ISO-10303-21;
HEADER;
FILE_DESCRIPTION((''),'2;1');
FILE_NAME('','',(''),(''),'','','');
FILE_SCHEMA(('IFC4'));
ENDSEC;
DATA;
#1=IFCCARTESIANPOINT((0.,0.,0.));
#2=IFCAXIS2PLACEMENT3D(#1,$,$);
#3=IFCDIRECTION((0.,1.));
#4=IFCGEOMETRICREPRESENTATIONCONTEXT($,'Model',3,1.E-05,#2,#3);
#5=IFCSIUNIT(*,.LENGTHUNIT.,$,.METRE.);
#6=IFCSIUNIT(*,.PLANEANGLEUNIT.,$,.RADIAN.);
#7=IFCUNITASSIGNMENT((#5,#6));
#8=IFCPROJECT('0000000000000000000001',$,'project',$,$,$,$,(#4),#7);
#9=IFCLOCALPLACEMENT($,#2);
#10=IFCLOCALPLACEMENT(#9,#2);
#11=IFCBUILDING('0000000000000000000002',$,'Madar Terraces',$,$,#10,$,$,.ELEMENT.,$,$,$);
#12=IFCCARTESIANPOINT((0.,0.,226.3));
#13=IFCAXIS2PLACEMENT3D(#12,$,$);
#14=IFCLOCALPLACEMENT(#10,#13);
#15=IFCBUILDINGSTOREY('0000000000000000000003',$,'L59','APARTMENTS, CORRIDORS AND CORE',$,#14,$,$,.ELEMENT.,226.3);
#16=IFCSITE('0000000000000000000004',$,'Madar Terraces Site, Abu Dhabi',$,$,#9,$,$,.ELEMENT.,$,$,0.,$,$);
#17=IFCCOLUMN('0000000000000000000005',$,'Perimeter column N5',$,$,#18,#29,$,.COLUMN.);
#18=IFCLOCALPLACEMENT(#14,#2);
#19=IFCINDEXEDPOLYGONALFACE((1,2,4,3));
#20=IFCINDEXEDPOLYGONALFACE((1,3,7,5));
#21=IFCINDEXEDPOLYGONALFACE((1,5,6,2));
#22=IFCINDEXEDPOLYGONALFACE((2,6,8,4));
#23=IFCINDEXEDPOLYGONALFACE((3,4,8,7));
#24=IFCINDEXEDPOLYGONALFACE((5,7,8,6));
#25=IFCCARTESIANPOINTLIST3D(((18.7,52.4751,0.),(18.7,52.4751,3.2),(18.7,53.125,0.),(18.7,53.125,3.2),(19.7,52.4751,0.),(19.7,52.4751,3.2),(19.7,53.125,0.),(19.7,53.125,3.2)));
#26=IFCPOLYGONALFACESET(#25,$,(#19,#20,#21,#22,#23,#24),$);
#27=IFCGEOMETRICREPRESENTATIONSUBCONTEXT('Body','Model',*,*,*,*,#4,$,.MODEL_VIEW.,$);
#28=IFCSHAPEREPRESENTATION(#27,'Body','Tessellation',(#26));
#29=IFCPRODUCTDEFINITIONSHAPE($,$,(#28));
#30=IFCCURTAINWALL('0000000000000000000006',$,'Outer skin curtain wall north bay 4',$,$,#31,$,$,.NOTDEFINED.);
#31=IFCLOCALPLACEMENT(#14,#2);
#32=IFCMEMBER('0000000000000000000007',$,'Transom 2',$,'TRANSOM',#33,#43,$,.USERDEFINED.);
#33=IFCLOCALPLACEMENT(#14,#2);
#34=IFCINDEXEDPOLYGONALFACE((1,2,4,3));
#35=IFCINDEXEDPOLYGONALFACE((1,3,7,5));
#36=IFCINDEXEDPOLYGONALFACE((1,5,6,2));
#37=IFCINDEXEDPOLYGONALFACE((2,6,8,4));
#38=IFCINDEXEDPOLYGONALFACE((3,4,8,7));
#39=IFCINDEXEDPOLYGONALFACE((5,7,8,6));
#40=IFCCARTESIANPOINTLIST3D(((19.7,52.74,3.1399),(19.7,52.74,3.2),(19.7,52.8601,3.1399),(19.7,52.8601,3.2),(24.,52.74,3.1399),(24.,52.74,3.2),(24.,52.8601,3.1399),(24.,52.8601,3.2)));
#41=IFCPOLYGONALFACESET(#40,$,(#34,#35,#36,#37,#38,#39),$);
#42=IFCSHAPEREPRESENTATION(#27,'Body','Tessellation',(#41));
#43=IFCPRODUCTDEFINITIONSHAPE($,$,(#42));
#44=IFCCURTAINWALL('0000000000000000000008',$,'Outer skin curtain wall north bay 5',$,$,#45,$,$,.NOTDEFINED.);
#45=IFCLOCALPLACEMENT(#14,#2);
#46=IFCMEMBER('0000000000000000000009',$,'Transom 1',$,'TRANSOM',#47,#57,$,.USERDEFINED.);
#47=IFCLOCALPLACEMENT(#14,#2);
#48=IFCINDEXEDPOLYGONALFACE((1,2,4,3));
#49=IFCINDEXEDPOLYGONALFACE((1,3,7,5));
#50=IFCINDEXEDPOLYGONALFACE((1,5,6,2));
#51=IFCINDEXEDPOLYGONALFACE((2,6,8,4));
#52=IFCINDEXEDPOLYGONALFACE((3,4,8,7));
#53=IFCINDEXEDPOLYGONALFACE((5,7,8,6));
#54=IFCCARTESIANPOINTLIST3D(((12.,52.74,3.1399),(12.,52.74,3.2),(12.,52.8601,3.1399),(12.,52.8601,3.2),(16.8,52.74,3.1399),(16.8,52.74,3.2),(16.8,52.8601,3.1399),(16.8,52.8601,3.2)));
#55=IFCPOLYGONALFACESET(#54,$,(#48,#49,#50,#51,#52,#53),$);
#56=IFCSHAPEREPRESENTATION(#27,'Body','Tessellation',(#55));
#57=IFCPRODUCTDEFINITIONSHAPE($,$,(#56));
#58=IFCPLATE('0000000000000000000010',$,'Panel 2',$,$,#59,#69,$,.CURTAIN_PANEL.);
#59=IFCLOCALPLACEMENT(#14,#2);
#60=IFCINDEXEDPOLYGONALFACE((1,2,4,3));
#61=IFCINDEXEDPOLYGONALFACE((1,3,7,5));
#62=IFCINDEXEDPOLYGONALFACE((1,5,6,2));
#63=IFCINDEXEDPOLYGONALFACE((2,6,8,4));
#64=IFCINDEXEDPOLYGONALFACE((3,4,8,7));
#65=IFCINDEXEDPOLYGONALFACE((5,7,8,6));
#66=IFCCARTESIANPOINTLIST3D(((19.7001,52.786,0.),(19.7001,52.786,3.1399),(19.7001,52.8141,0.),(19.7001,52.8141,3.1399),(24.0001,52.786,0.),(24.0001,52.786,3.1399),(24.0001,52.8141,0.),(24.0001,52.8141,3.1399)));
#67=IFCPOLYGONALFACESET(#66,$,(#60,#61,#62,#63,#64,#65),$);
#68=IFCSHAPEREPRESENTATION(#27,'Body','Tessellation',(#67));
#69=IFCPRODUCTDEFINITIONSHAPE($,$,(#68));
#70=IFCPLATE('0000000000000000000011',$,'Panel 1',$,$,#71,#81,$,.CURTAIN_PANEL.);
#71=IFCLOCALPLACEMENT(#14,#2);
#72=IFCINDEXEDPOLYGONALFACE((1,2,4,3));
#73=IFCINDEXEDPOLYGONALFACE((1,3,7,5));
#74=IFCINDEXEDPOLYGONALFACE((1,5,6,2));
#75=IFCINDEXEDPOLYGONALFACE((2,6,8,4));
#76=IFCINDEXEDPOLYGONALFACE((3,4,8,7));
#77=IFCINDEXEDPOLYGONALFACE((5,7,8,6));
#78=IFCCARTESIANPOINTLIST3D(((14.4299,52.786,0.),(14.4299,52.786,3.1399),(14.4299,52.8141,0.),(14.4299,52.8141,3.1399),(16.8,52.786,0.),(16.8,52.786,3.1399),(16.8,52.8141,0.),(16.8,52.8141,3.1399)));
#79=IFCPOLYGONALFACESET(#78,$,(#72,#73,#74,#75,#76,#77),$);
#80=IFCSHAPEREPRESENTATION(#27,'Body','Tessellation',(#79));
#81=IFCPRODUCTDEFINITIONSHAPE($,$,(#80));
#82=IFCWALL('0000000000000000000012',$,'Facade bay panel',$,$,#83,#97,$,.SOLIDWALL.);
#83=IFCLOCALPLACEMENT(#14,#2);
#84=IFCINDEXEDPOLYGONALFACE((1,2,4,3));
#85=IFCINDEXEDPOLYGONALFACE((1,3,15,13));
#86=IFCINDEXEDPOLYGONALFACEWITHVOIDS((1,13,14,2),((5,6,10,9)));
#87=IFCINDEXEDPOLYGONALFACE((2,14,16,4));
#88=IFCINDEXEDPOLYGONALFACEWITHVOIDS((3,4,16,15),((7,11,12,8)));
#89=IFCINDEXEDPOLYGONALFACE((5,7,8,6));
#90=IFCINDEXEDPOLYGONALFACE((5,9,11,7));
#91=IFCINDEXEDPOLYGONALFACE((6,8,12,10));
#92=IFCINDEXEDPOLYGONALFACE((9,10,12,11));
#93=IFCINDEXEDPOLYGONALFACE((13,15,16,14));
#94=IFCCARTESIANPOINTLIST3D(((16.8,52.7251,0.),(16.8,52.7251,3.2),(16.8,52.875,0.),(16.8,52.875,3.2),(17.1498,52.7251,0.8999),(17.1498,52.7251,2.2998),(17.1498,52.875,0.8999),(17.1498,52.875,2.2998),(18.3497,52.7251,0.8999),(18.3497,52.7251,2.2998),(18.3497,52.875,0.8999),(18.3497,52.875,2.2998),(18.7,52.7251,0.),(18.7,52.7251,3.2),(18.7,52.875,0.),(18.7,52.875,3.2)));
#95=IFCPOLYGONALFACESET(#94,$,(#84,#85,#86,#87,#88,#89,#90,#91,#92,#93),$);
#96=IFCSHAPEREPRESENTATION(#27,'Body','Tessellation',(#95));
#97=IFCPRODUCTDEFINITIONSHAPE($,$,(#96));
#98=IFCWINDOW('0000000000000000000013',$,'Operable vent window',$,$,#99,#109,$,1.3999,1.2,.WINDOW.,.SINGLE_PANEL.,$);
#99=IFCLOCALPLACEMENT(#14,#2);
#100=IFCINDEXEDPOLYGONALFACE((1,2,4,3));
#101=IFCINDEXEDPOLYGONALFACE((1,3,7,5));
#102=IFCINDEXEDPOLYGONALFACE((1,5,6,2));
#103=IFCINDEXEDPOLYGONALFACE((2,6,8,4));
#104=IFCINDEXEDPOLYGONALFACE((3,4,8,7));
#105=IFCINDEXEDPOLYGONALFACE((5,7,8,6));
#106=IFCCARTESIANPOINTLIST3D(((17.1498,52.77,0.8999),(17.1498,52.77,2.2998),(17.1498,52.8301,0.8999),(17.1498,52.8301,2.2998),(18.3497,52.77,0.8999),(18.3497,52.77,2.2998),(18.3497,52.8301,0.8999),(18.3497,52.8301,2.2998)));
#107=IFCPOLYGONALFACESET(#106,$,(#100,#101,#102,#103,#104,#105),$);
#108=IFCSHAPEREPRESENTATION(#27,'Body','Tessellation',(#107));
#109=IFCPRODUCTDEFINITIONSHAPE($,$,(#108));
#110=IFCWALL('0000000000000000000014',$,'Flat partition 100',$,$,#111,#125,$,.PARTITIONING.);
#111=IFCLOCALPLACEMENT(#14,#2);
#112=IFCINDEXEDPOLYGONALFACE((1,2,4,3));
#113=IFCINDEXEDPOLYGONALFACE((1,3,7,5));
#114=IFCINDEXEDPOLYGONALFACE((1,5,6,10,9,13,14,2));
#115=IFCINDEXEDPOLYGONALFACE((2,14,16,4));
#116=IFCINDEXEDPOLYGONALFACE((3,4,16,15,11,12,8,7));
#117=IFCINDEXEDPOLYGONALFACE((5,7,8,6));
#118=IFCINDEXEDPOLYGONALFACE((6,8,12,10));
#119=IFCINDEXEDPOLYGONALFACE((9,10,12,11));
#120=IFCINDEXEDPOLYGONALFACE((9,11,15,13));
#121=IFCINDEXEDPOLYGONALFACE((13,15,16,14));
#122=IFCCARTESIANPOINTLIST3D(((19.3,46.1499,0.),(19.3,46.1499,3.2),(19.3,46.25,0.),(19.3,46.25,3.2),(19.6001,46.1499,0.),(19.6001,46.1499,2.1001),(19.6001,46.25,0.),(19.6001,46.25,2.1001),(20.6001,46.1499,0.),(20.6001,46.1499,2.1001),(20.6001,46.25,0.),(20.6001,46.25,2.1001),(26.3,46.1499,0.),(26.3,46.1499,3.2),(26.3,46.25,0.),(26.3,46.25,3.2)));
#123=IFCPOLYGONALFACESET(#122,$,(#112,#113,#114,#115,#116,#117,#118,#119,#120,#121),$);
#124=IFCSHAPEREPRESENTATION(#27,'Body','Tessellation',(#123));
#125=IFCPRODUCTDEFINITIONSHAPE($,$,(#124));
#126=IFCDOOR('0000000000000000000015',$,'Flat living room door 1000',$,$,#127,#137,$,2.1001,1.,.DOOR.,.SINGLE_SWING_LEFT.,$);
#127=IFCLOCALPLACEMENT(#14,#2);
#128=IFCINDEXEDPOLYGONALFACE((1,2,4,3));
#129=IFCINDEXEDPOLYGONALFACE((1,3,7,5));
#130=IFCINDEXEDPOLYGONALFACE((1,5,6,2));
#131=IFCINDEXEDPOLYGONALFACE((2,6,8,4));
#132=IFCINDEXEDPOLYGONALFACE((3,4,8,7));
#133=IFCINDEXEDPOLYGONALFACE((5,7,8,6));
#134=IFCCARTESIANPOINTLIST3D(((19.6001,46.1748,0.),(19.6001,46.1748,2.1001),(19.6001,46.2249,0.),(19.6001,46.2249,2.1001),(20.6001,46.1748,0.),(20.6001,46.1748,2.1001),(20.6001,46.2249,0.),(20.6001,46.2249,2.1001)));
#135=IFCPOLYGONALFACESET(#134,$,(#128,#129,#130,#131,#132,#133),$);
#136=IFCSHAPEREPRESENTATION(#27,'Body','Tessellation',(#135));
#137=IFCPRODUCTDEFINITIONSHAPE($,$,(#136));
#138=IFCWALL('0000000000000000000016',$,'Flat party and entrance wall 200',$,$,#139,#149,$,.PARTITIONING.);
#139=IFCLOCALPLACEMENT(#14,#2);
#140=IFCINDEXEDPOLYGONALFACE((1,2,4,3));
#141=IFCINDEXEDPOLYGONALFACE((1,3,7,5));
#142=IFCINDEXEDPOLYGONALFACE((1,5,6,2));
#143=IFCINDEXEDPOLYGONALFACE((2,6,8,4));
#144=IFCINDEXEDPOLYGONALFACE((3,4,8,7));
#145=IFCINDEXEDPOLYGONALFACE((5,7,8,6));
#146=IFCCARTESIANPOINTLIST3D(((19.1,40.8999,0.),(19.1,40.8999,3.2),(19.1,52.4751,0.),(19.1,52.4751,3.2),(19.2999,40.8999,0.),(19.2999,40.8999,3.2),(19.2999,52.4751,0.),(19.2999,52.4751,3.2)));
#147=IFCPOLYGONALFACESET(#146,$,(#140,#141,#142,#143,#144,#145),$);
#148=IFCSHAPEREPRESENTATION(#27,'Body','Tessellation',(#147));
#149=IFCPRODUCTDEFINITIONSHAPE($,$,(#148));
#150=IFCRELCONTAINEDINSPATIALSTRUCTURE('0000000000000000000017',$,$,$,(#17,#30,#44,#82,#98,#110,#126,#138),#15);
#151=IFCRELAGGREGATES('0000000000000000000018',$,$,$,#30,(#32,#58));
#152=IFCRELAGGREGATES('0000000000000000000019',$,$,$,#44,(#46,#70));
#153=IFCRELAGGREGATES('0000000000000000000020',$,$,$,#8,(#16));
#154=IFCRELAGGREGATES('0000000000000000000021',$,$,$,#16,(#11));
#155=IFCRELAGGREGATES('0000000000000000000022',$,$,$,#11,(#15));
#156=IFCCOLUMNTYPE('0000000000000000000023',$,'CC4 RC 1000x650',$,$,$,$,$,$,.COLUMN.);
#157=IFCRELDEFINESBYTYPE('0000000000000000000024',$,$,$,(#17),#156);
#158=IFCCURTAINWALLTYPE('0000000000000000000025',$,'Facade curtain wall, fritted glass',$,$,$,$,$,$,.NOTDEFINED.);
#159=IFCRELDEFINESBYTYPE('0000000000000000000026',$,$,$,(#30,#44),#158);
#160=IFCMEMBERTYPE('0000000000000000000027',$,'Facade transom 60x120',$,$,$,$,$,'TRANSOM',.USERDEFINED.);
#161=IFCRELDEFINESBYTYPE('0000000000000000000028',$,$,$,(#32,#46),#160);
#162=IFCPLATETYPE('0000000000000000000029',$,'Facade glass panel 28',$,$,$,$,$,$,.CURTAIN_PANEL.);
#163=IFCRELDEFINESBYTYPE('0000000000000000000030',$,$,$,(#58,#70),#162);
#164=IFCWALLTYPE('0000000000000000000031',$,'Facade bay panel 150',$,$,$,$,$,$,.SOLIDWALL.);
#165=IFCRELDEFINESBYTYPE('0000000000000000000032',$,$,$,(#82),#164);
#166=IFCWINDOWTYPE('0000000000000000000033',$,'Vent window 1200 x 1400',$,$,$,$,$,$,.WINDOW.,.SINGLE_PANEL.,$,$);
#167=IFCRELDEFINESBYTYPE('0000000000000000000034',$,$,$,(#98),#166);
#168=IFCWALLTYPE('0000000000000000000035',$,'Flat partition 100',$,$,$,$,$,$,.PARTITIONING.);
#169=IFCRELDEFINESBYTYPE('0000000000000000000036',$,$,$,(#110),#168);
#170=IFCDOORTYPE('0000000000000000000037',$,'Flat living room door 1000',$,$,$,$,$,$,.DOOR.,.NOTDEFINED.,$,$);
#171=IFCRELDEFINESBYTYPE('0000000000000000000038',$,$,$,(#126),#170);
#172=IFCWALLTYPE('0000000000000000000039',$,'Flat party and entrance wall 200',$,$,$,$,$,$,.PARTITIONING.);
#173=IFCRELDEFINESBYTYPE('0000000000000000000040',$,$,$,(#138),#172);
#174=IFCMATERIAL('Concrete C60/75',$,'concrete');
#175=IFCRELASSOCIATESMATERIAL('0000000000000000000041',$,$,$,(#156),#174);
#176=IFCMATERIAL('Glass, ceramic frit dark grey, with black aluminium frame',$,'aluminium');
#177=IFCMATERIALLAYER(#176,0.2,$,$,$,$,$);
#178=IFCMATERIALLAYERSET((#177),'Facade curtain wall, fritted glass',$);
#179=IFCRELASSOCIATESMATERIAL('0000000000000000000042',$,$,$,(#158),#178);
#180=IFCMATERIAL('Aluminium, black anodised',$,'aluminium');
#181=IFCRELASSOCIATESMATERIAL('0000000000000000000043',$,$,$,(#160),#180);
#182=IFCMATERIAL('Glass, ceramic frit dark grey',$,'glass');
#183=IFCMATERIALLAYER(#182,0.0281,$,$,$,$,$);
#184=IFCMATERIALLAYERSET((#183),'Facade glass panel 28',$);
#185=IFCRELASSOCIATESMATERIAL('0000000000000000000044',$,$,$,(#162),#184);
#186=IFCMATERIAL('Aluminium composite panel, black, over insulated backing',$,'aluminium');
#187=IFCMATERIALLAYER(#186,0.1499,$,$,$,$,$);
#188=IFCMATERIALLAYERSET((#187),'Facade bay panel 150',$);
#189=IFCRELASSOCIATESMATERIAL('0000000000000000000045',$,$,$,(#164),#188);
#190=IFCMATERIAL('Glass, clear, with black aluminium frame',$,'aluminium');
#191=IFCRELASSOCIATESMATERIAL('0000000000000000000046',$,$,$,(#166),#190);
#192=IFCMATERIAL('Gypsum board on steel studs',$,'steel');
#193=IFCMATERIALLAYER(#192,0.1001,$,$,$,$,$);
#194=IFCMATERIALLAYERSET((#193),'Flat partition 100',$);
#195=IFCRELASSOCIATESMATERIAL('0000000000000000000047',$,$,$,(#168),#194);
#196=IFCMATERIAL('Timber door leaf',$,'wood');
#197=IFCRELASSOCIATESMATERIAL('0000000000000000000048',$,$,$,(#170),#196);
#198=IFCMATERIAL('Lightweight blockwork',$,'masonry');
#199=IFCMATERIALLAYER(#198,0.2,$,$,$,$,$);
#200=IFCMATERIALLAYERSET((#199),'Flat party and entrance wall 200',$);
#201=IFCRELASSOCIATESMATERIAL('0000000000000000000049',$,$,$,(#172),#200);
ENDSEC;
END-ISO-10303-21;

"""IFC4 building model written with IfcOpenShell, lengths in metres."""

from ifc_helpers import new_model, si_unit, direction, frame, frame_2d, origin, origin_2d, place, context, subcontext, project, spatial, rectangle, extrude, material, layer, layer_set, material_profile, profile_set, type_object, element, fill, aggregate, save


model = new_model("IFC4")

# Units and contexts
model_context = context("Model", 3, precision=1e-05, world=origin(), true_north=direction((0.0, 1.0)))
body_context = subcontext(model_context, "Body", "Model", "MODEL_VIEW")
ifc_project = project(units=[si_unit("LENGTHUNIT", "METRE"), si_unit("PLANEANGLEUNIT", "RADIAN")], contexts=[model_context])

# Site, building, storey
site_placement = place(None, origin())
site = spatial("IfcSite", under=ifc_project, at=site_placement, Name="Madar Terraces Site, Abu Dhabi", CompositionType="ELEMENT", RefElevation=0.0)
building_placement = place(site_placement, origin())
building = spatial("IfcBuilding", under=site, at=building_placement, Name="Madar Terraces", CompositionType="ELEMENT")
storey_placement = place(building_placement, frame((0.0, 0.0, 226.3)))
storey = spatial("IfcBuildingStorey", under=building, at=storey_placement, Name="L59", Description="APARTMENTS, CORRIDORS AND CORE", CompositionType="ELEMENT", Elevation=226.3)

# Column
ifc_material_1 = material(Name="Concrete C60/75", Category="concrete")
ifc_material_profile_1 = material_profile(ifc_material_1, rectangle(XDim=1.0, YDim=0.6499, at=origin_2d()), Name="CC4 RC 1000x650")
ifc_profile_set_1 = profile_set([ifc_material_profile_1], Name="Concrete C60/75")
column_type = type_object("IfcColumnType", Name="CC4 RC 1000x650", PredefinedType="COLUMN", material=ifc_profile_set_1)
column_placement = place(storey_placement, frame((19.2, 52.8, 0.0), z_axis=(0.0, 0.0, 1.0), x_axis=(1.0, 0.0, 0.0)))
element("IfcColumn", 1, at=column_placement, inside=storey, type_object=column_type, Name="Perimeter column N5", PredefinedType="COLUMN", context=body_context, shape_type="SweptSolid", body=[
    extrude(rectangle(XDim=1.0, YDim=0.6499, at=origin_2d()), origin(), (0.0, 0.0, 1.0), 3.2),
])

# Curtain walls, members
ifc_material_2 = material(Name="Glass, ceramic frit dark grey, with black aluminium frame", Category="aluminium")
ifc_layer_1 = layer(ifc_material_2, 0.2)
ifc_layer_set_1 = layer_set([ifc_layer_1], Name="Facade curtain wall, fritted glass")
curtain_wall_type = type_object("IfcCurtainWallType", Name="Facade curtain wall, fritted glass", PredefinedType="NOTDEFINED", material=ifc_layer_set_1)
curtain_wall_1_placement = place(storey_placement, origin())
curtain_wall_1 = element("IfcCurtainWall", 2, at=curtain_wall_1_placement, inside=storey, type_object=curtain_wall_type, Name="Outer skin curtain wall north bay 4", PredefinedType="NOTDEFINED")
ifc_material_3 = material(Name="Aluminium, black anodised", Category="aluminium")
ifc_material_profile_2 = material_profile(ifc_material_3, rectangle(XDim=0.1201, YDim=0.0601, at=origin_2d()), Name="Facade transom 60x120")
ifc_profile_set_2 = profile_set([ifc_material_profile_2], Name="Aluminium, black anodised")
member_type = type_object("IfcMemberType", Name="Facade transom 60x120", ElementType="TRANSOM", PredefinedType="USERDEFINED", material=ifc_profile_set_2)
member_1_placement = place(storey_placement, frame((24.0, 52.8, 3.1699), z_axis=(-1.0, 0.0, 0.0), x_axis=(0.0, -1.0, 0.0)))
member_1 = element("IfcMember", 3, at=member_1_placement, type_object=member_type, Name="Transom 2", ObjectType="TRANSOM", PredefinedType="USERDEFINED", context=body_context, shape_type="SweptSolid", body=[
    extrude(rectangle(XDim=0.1201, YDim=0.0601, at=origin_2d()), origin(), (0.0, 0.0, 1.0), 4.3),
])
curtain_wall_2_placement = place(storey_placement, origin())
curtain_wall_2 = element("IfcCurtainWall", 4, at=curtain_wall_2_placement, inside=storey, type_object=curtain_wall_type, Name="Outer skin curtain wall north bay 5", PredefinedType="NOTDEFINED")
member_2_placement = place(storey_placement, frame((16.8, 52.8, 3.1699), z_axis=(-1.0, 0.0, 0.0), x_axis=(0.0, -1.0, 0.0)))
member_2 = element("IfcMember", 5, at=member_2_placement, type_object=member_type, Name="Transom 1", ObjectType="TRANSOM", PredefinedType="USERDEFINED", context=body_context, shape_type="SweptSolid", body=[
    extrude(rectangle(XDim=0.1201, YDim=0.0601, at=origin_2d()), origin(), (0.0, 0.0, 1.0), 4.8),
])

# Plates
ifc_material_4 = material(Name="Glass, ceramic frit dark grey", Category="glass")
ifc_layer_2 = layer(ifc_material_4, 0.0281)
ifc_layer_set_2 = layer_set([ifc_layer_2], Name="Facade glass panel 28")
plate_type = type_object("IfcPlateType", Name="Facade glass panel 28", PredefinedType="CURTAIN_PANEL", material=ifc_layer_set_2)
plate_1_placement = place(storey_placement, frame((21.8501, 52.8, 0.0), z_axis=(0.0, 0.0, 1.0), x_axis=(-1.0, 0.0, 0.0)))
plate_1 = element("IfcPlate", 6, at=plate_1_placement, type_object=plate_type, Name="Panel 2", PredefinedType="CURTAIN_PANEL", context=body_context, shape_type="SweptSolid", body=[
    extrude(rectangle(XDim=4.3, YDim=0.0281, at=origin_2d()), origin(), (0.0, 0.0, 1.0), 3.1399),
])
aggregate(curtain_wall_1, [member_1, plate_1])
plate_2_placement = place(storey_placement, frame((15.615, 52.8, 0.0), z_axis=(0.0, 0.0, 1.0), x_axis=(-1.0, 0.0, 0.0)))
plate_2 = element("IfcPlate", 7, at=plate_2_placement, type_object=plate_type, Name="Panel 1", PredefinedType="CURTAIN_PANEL", context=body_context, shape_type="SweptSolid", body=[
    extrude(rectangle(XDim=2.3701, YDim=0.0281, at=origin_2d()), origin(), (0.0, 0.0, 1.0), 3.1399),
])
aggregate(curtain_wall_2, [member_2, plate_2])

# Wall, opening, window
ifc_material_5 = material(Name="Aluminium composite panel, black, over insulated backing", Category="aluminium")
ifc_layer_3 = layer(ifc_material_5, 0.1499)
ifc_layer_set_3 = layer_set([ifc_layer_3], Name="Facade bay panel 150")
wall_type_1 = type_object("IfcWallType", Name="Facade bay panel 150", PredefinedType="SOLIDWALL", material=ifc_layer_set_3)
wall_1_placement = place(storey_placement, frame((18.7, 52.8, 0.0), z_axis=(0.0, 0.0, 1.0), x_axis=(-1.0, 0.0, 0.0)))
wall_1 = element("IfcWall", 8, at=wall_1_placement, inside=storey, type_object=wall_type_1, Name="Facade bay panel", PredefinedType="SOLIDWALL", context=body_context, shape_type="SweptSolid", body=[
    extrude(rectangle(XDim=1.8999, YDim=0.1499, at=frame_2d((0.95, 0.0))), origin(), (0.0, 0.0, 1.0), 3.2),
])
opening_1_placement = place(wall_1_placement, frame((0.3501, 0.0, 0.8999)))
opening_1 = element("IfcOpeningElement", 9, at=opening_1_placement, cuts=wall_1, PredefinedType="OPENING", context=body_context, shape_type="SweptSolid", body=[
    extrude(rectangle(XDim=1.2, YDim=1.3999, at=frame_2d((0.6001, 0.7))), frame((0.0, 0.085, 0.0), z_axis=(0.0, -1.0, 0.0), x_axis=(1.0, 0.0, 0.0)), (0.0, 0.0, 1.0), 0.1699),
])
ifc_material_6 = material(Name="Glass, clear, with black aluminium frame", Category="aluminium")
window_type = type_object("IfcWindowType", Name="Vent window 1200 x 1400", PartitioningType="SINGLE_PANEL", PredefinedType="WINDOW", material=ifc_material_6)
window_placement = place(opening_1_placement, origin())
window = element("IfcWindow", 10, at=window_placement, inside=storey, type_object=window_type, Name="Operable vent window", OverallHeight=1.3999, OverallWidth=1.2, PartitioningType="SINGLE_PANEL", PredefinedType="WINDOW", context=body_context, shape_type="SweptSolid", body=[
    extrude(rectangle(XDim=1.2, YDim=1.3999, at=frame_2d((0.6001, 0.7))), frame((0.0, 0.03, 0.0), z_axis=(0.0, -1.0, 0.0), x_axis=(1.0, 0.0, 0.0)), (0.0, 0.0, 1.0), 0.0601),
])
fill(opening_1, window)

# Wall, opening, door
ifc_material_7 = material(Name="Gypsum board on steel studs", Category="steel")
ifc_layer_4 = layer(ifc_material_7, 0.1001)
ifc_layer_set_4 = layer_set([ifc_layer_4], Name="Flat partition 100")
wall_type_2 = type_object("IfcWallType", Name="Flat partition 100", PredefinedType="PARTITIONING", material=ifc_layer_set_4)
wall_2_placement = place(storey_placement, frame((19.3, 46.2, 0.0), z_axis=(0.0, 0.0, 1.0), x_axis=(1.0, 0.0, 0.0)))
wall_2 = element("IfcWall", 11, at=wall_2_placement, inside=storey, type_object=wall_type_2, Name="Flat partition 100", PredefinedType="PARTITIONING", context=body_context, shape_type="SweptSolid", body=[
    extrude(rectangle(XDim=7.0, YDim=0.1001, at=frame_2d((3.5, 0.0))), origin(), (0.0, 0.0, 1.0), 3.2),
])
opening_2_placement = place(wall_2_placement, frame((0.3, 0.0, 0.0)))
opening_2 = element("IfcOpeningElement", 12, at=opening_2_placement, cuts=wall_2, PredefinedType="OPENING", context=body_context, shape_type="SweptSolid", body=[
    extrude(rectangle(XDim=1.0, YDim=2.1001, at=frame_2d((0.5, 1.05))), frame((0.0, 0.0601, 0.0), z_axis=(0.0, -1.0, 0.0), x_axis=(1.0, 0.0, 0.0)), (0.0, 0.0, 1.0), 0.1201),
])
ifc_material_8 = material(Name="Timber door leaf", Category="wood")
door_type_1 = type_object("IfcDoorType", Name="Flat living room door 1000", OperationType="NOTDEFINED", PredefinedType="DOOR", material=ifc_material_8)
door_1_placement = place(opening_2_placement, origin())
door_1 = element("IfcDoor", 13, at=door_1_placement, inside=storey, type_object=door_type_1, Name="Flat living room door 1000", OperationType="SINGLE_SWING_LEFT", OverallHeight=2.1001, OverallWidth=1.0, PredefinedType="DOOR", context=body_context, shape_type="SweptSolid", body=[
    extrude(rectangle(XDim=1.0, YDim=2.1001, at=frame_2d((0.5, 1.05))), frame((0.0, 0.0249, 0.0), z_axis=(0.0, -1.0, 0.0), x_axis=(1.0, 0.0, 0.0)), (0.0, 0.0, 1.0), 0.05),
])
fill(opening_2, door_1)

# Wall
ifc_material_9 = material(Name="Lightweight blockwork", Category="masonry")
ifc_layer_5 = layer(ifc_material_9, 0.2)
ifc_layer_set_5 = layer_set([ifc_layer_5], Name="Flat party and entrance wall 200")
wall_type_3 = type_object("IfcWallType", Name="Flat party and entrance wall 200", PredefinedType="PARTITIONING", material=ifc_layer_set_5)
wall_3_placement = place(storey_placement, frame((19.2, 52.4751, 0.0), z_axis=(0.0, 0.0, 1.0), x_axis=(0.0, -1.0, 0.0)))
element("IfcWall", 14, at=wall_3_placement, inside=storey, type_object=wall_type_3, Name="Flat party and entrance wall 200", PredefinedType="PARTITIONING", context=body_context, shape_type="SweptSolid", body=[
    extrude(rectangle(XDim=11.5752, YDim=0.2, at=frame_2d((5.7876, 0.0))), origin(), (0.0, 0.0, 1.0), 3.2),
])

save(model, "model.ifc")
